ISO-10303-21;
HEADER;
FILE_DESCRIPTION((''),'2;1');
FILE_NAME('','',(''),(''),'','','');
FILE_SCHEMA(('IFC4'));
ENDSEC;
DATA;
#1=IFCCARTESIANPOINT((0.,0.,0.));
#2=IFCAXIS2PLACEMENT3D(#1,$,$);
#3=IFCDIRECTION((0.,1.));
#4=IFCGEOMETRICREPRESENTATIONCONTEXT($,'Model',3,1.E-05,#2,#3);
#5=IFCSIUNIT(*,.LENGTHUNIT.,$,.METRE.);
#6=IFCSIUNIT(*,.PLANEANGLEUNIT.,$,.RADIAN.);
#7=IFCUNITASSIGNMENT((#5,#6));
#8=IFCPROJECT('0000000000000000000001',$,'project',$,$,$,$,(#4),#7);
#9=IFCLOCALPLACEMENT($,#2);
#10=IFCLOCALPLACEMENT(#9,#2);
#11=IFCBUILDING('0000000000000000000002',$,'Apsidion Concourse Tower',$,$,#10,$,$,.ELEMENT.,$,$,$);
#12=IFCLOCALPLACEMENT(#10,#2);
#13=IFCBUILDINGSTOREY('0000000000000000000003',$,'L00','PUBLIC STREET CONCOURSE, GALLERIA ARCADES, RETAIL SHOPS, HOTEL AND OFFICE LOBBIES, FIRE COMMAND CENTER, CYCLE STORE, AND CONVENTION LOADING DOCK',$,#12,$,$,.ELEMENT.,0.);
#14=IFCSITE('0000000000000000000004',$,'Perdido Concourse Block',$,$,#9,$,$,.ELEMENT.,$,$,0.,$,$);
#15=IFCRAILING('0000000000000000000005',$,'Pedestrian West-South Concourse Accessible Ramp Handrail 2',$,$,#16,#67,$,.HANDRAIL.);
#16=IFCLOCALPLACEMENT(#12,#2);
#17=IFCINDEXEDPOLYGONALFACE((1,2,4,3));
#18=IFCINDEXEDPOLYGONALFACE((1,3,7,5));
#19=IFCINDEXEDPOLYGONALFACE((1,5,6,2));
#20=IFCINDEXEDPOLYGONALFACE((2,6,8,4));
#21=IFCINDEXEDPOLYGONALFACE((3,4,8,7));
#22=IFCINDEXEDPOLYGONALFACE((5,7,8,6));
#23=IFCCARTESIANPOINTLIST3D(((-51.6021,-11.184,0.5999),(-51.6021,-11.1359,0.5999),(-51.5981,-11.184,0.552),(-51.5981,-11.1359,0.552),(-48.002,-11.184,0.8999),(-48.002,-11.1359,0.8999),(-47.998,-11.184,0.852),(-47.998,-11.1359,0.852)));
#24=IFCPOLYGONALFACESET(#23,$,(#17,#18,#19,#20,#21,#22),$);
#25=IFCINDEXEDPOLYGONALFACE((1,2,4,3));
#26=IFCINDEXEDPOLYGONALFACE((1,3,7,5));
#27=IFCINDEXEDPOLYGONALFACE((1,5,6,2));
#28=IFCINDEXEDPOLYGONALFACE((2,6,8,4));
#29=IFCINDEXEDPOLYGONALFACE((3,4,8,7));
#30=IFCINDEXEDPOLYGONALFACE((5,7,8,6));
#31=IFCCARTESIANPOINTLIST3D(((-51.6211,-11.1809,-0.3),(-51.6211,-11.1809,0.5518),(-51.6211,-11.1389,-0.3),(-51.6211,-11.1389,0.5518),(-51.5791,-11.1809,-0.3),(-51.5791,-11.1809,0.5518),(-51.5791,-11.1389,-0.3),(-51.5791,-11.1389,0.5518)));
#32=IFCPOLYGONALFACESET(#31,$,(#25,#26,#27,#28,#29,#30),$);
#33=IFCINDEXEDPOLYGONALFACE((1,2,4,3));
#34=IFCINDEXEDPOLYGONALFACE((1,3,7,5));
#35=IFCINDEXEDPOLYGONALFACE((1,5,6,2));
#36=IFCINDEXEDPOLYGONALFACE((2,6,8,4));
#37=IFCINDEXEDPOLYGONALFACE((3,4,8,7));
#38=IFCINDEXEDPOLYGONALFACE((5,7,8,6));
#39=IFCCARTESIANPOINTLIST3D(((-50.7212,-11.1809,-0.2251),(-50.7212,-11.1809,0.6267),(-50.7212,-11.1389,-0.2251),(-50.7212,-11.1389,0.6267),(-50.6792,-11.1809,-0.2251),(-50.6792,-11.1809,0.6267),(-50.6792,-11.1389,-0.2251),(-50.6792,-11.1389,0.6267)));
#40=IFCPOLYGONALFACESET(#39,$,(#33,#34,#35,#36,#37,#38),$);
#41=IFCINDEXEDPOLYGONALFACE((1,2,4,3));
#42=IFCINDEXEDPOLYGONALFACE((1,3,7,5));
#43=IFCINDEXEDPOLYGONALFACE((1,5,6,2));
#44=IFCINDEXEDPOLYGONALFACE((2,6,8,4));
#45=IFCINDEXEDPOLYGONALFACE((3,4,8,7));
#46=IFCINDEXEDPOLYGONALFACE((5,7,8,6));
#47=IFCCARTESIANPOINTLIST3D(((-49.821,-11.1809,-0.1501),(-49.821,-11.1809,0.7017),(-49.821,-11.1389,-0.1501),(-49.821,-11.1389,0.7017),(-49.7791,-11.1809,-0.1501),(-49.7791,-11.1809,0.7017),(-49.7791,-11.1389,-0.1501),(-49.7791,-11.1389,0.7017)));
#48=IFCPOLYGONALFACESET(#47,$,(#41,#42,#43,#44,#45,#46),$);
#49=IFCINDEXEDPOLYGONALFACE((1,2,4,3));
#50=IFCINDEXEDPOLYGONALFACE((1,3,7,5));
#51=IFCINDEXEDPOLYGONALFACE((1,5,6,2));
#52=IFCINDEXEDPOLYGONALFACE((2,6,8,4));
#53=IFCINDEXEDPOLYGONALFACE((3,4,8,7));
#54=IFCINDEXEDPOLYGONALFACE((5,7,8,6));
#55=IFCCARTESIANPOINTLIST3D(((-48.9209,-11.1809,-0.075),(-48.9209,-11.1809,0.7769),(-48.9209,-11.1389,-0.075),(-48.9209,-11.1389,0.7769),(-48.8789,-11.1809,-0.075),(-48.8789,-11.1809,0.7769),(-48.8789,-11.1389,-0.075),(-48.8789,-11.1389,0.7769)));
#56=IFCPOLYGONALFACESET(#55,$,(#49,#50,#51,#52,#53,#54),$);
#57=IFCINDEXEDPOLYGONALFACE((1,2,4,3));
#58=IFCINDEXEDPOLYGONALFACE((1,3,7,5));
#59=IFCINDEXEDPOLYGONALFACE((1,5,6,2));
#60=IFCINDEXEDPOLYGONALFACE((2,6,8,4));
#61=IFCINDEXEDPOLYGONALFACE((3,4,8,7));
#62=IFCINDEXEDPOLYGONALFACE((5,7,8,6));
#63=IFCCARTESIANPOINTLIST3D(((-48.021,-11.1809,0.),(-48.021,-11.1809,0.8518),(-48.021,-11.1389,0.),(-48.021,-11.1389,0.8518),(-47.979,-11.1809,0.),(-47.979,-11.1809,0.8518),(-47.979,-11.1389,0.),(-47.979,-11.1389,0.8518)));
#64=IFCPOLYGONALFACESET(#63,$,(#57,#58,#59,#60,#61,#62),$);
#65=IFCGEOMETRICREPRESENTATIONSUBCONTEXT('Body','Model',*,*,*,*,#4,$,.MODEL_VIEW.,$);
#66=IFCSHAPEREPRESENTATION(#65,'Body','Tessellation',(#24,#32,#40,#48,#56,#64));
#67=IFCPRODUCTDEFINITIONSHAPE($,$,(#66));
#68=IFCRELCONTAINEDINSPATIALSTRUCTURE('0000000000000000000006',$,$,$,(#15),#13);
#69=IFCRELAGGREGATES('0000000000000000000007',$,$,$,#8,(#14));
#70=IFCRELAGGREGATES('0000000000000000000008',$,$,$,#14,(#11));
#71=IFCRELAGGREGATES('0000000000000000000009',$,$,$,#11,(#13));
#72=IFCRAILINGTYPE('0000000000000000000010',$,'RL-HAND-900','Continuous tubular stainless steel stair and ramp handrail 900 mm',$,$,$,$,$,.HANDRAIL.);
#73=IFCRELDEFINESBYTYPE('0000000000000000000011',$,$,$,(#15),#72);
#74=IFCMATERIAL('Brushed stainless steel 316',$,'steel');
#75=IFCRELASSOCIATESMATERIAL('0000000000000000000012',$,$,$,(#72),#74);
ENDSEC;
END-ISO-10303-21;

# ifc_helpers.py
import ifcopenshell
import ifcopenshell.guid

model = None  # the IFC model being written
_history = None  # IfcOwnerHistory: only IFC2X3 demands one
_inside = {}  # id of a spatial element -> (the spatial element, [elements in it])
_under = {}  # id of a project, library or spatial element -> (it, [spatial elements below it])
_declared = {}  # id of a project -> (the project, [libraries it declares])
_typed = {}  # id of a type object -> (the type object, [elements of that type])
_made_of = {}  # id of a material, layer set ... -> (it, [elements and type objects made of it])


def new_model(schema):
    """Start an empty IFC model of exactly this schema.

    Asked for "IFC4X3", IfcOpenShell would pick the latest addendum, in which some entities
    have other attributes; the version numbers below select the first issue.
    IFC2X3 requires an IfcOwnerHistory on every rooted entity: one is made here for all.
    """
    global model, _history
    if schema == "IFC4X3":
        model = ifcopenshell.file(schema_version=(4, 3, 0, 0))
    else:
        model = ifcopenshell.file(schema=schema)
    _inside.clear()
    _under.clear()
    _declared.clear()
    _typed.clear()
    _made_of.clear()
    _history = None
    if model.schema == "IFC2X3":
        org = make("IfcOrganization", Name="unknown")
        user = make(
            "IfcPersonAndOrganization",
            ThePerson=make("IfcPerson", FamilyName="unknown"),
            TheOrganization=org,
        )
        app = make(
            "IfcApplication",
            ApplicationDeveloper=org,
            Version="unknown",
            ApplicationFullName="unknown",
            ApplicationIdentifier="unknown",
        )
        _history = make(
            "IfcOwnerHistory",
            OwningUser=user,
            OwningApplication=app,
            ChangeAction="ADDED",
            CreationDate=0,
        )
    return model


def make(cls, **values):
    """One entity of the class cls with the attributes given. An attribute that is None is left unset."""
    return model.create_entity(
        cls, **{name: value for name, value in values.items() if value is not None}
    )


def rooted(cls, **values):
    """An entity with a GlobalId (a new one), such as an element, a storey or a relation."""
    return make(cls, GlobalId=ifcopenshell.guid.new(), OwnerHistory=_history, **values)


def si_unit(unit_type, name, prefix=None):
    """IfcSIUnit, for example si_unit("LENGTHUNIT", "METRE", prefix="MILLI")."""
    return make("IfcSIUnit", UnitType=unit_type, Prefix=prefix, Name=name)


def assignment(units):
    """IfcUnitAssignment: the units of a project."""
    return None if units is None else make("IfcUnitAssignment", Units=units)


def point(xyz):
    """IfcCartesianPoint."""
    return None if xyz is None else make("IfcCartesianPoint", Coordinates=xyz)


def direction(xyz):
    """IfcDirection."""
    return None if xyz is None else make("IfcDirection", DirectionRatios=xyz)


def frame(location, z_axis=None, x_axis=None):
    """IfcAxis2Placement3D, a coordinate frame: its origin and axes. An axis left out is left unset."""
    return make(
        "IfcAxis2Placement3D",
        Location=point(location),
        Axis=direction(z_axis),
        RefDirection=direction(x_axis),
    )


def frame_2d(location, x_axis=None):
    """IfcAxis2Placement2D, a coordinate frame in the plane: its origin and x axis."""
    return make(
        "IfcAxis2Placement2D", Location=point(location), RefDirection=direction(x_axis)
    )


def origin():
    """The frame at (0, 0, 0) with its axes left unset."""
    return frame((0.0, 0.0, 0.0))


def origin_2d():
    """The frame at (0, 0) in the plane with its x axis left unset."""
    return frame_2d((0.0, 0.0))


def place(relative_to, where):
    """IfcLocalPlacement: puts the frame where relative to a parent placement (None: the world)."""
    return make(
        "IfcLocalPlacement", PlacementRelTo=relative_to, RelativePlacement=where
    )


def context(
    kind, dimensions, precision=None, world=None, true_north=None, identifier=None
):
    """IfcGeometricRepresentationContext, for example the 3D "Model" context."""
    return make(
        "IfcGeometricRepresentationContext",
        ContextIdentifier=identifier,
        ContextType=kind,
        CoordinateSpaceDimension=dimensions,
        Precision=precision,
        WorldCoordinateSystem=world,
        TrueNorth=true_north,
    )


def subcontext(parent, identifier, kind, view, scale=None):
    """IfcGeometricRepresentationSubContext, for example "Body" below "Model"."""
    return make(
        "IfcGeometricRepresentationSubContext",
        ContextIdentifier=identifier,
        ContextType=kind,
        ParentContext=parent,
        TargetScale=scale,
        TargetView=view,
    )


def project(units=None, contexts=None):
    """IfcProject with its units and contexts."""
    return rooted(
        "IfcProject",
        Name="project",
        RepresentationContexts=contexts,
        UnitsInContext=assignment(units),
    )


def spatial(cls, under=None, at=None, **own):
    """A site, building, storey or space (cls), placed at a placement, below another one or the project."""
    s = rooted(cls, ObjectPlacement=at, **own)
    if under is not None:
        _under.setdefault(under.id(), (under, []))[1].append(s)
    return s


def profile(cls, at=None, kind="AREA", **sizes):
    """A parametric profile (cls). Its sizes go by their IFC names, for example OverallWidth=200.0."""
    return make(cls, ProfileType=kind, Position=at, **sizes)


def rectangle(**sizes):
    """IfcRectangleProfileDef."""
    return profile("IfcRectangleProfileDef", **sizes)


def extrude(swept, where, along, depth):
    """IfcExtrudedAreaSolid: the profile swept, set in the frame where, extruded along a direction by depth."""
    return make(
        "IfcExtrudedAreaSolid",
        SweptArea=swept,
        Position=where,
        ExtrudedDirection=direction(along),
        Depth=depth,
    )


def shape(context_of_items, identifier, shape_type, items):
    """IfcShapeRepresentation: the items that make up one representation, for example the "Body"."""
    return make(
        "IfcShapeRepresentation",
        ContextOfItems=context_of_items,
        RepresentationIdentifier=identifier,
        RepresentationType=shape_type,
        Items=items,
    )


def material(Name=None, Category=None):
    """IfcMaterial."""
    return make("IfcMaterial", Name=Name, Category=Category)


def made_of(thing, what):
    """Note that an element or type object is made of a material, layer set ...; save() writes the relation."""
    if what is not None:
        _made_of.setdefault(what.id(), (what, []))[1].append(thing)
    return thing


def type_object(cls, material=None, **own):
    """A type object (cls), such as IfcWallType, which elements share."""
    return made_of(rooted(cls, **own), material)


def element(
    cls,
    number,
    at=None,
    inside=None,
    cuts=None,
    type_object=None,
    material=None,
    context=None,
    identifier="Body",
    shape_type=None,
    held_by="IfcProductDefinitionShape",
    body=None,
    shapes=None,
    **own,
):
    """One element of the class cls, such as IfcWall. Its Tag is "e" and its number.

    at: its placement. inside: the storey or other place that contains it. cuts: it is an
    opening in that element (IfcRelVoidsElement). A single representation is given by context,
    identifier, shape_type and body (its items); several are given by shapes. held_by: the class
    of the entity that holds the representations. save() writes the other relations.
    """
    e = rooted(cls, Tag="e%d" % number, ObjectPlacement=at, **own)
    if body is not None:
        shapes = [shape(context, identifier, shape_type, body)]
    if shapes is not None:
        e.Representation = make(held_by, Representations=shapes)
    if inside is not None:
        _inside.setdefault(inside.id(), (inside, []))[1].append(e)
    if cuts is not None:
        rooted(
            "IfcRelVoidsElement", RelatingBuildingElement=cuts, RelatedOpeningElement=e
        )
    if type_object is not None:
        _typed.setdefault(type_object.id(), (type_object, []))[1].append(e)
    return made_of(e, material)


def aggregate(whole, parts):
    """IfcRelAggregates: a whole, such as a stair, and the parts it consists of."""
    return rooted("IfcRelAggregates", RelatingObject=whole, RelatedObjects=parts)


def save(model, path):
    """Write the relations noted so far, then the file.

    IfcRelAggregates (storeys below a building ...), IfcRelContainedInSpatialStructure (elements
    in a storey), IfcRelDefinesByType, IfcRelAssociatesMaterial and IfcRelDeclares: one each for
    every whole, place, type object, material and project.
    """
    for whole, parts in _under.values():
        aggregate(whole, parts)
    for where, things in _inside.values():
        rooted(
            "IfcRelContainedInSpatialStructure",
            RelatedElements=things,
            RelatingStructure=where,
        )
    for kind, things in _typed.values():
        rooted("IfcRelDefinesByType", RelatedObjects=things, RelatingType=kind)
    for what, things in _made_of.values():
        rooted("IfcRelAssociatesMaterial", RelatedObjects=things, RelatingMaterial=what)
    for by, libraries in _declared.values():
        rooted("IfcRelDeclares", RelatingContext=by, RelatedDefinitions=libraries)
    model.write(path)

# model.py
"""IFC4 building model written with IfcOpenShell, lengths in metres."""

from ifc_helpers import new_model, si_unit, direction, frame, origin, origin_2d, place, context, subcontext, project, spatial, rectangle, extrude, material, type_object, element, save


model = new_model("IFC4")

# Units and contexts
model_context = context("Model", 3, precision=1e-05, world=origin(), true_north=direction((0.0, 1.0)))
body_context = subcontext(model_context, "Body", "Model", "MODEL_VIEW")
ifc_project = project(units=[si_unit("LENGTHUNIT", "METRE"), si_unit("PLANEANGLEUNIT", "RADIAN")], contexts=[model_context])

# Site, building, storey
site_placement = place(None, origin())
site = spatial("IfcSite", under=ifc_project, at=site_placement, Name="Perdido Concourse Block", CompositionType="ELEMENT", RefElevation=0.0)
building_placement = place(site_placement, origin())
building = spatial("IfcBuilding", under=site, at=building_placement, Name="Apsidion Concourse Tower", CompositionType="ELEMENT")
storey_placement = place(building_placement, origin())
storey = spatial("IfcBuildingStorey", under=building, at=storey_placement, Name="L00", Description="PUBLIC STREET CONCOURSE, GALLERIA ARCADES, RETAIL SHOPS, HOTEL AND OFFICE LOBBIES, FIRE COMMAND CENTER, CYCLE STORE, AND CONVENTION LOADING DOCK", CompositionType="ELEMENT", Elevation=0.0)

# Shared definitions
ifc_material_1 = material(Name="Brushed stainless steel 316", Category="steel")

# Railing
railing_type = type_object("IfcRailingType", Name="RL-HAND-900", Description="Continuous tubular stainless steel stair and ramp handrail 900 mm", PredefinedType="HANDRAIL", material=ifc_material_1)
for number, where, name in (
    (1, (-51.6001, -11.1599, -0.3), "Pedestrian West-South Concourse Accessible Ramp Handrail 2"),
):
    element("IfcRailing", number, at=place(storey_placement, frame(where)), inside=storey, type_object=railing_type, Name=name, PredefinedType="HANDRAIL", context=body_context, shape_type="SweptSolid", body=[
        extrude(rectangle(XDim=0.0481, YDim=0.0481, at=origin_2d()), frame((0.0, 0.0, 0.876), z_axis=(0.996545, 0.0, 0.083057), x_axis=(0.0, 1.0, 0.0)), (0.0, 0.0, 1.0), 3.6125),
        extrude(rectangle(XDim=0.042, YDim=0.042, at=origin_2d()), origin(), (0.0, 0.0, 1.0), 0.8518),
        extrude(rectangle(XDim=0.042, YDim=0.042, at=origin_2d()), frame((0.8999, 0.0, 0.075)), (0.0, 0.0, 1.0), 0.8518),
        extrude(rectangle(XDim=0.042, YDim=0.042, at=origin_2d()), frame((1.8, 0.0, 0.1499)), (0.0, 0.0, 1.0), 0.8518),
        extrude(rectangle(XDim=0.042, YDim=0.042, at=origin_2d()), frame((2.7002, 0.0, 0.2251)), (0.0, 0.0, 1.0), 0.8518),
        extrude(rectangle(XDim=0.042, YDim=0.042, at=origin_2d()), frame((3.6001, 0.0, 0.3)), (0.0, 0.0, 1.0), 0.8518),
    ])

save(model, "model.ifc")
